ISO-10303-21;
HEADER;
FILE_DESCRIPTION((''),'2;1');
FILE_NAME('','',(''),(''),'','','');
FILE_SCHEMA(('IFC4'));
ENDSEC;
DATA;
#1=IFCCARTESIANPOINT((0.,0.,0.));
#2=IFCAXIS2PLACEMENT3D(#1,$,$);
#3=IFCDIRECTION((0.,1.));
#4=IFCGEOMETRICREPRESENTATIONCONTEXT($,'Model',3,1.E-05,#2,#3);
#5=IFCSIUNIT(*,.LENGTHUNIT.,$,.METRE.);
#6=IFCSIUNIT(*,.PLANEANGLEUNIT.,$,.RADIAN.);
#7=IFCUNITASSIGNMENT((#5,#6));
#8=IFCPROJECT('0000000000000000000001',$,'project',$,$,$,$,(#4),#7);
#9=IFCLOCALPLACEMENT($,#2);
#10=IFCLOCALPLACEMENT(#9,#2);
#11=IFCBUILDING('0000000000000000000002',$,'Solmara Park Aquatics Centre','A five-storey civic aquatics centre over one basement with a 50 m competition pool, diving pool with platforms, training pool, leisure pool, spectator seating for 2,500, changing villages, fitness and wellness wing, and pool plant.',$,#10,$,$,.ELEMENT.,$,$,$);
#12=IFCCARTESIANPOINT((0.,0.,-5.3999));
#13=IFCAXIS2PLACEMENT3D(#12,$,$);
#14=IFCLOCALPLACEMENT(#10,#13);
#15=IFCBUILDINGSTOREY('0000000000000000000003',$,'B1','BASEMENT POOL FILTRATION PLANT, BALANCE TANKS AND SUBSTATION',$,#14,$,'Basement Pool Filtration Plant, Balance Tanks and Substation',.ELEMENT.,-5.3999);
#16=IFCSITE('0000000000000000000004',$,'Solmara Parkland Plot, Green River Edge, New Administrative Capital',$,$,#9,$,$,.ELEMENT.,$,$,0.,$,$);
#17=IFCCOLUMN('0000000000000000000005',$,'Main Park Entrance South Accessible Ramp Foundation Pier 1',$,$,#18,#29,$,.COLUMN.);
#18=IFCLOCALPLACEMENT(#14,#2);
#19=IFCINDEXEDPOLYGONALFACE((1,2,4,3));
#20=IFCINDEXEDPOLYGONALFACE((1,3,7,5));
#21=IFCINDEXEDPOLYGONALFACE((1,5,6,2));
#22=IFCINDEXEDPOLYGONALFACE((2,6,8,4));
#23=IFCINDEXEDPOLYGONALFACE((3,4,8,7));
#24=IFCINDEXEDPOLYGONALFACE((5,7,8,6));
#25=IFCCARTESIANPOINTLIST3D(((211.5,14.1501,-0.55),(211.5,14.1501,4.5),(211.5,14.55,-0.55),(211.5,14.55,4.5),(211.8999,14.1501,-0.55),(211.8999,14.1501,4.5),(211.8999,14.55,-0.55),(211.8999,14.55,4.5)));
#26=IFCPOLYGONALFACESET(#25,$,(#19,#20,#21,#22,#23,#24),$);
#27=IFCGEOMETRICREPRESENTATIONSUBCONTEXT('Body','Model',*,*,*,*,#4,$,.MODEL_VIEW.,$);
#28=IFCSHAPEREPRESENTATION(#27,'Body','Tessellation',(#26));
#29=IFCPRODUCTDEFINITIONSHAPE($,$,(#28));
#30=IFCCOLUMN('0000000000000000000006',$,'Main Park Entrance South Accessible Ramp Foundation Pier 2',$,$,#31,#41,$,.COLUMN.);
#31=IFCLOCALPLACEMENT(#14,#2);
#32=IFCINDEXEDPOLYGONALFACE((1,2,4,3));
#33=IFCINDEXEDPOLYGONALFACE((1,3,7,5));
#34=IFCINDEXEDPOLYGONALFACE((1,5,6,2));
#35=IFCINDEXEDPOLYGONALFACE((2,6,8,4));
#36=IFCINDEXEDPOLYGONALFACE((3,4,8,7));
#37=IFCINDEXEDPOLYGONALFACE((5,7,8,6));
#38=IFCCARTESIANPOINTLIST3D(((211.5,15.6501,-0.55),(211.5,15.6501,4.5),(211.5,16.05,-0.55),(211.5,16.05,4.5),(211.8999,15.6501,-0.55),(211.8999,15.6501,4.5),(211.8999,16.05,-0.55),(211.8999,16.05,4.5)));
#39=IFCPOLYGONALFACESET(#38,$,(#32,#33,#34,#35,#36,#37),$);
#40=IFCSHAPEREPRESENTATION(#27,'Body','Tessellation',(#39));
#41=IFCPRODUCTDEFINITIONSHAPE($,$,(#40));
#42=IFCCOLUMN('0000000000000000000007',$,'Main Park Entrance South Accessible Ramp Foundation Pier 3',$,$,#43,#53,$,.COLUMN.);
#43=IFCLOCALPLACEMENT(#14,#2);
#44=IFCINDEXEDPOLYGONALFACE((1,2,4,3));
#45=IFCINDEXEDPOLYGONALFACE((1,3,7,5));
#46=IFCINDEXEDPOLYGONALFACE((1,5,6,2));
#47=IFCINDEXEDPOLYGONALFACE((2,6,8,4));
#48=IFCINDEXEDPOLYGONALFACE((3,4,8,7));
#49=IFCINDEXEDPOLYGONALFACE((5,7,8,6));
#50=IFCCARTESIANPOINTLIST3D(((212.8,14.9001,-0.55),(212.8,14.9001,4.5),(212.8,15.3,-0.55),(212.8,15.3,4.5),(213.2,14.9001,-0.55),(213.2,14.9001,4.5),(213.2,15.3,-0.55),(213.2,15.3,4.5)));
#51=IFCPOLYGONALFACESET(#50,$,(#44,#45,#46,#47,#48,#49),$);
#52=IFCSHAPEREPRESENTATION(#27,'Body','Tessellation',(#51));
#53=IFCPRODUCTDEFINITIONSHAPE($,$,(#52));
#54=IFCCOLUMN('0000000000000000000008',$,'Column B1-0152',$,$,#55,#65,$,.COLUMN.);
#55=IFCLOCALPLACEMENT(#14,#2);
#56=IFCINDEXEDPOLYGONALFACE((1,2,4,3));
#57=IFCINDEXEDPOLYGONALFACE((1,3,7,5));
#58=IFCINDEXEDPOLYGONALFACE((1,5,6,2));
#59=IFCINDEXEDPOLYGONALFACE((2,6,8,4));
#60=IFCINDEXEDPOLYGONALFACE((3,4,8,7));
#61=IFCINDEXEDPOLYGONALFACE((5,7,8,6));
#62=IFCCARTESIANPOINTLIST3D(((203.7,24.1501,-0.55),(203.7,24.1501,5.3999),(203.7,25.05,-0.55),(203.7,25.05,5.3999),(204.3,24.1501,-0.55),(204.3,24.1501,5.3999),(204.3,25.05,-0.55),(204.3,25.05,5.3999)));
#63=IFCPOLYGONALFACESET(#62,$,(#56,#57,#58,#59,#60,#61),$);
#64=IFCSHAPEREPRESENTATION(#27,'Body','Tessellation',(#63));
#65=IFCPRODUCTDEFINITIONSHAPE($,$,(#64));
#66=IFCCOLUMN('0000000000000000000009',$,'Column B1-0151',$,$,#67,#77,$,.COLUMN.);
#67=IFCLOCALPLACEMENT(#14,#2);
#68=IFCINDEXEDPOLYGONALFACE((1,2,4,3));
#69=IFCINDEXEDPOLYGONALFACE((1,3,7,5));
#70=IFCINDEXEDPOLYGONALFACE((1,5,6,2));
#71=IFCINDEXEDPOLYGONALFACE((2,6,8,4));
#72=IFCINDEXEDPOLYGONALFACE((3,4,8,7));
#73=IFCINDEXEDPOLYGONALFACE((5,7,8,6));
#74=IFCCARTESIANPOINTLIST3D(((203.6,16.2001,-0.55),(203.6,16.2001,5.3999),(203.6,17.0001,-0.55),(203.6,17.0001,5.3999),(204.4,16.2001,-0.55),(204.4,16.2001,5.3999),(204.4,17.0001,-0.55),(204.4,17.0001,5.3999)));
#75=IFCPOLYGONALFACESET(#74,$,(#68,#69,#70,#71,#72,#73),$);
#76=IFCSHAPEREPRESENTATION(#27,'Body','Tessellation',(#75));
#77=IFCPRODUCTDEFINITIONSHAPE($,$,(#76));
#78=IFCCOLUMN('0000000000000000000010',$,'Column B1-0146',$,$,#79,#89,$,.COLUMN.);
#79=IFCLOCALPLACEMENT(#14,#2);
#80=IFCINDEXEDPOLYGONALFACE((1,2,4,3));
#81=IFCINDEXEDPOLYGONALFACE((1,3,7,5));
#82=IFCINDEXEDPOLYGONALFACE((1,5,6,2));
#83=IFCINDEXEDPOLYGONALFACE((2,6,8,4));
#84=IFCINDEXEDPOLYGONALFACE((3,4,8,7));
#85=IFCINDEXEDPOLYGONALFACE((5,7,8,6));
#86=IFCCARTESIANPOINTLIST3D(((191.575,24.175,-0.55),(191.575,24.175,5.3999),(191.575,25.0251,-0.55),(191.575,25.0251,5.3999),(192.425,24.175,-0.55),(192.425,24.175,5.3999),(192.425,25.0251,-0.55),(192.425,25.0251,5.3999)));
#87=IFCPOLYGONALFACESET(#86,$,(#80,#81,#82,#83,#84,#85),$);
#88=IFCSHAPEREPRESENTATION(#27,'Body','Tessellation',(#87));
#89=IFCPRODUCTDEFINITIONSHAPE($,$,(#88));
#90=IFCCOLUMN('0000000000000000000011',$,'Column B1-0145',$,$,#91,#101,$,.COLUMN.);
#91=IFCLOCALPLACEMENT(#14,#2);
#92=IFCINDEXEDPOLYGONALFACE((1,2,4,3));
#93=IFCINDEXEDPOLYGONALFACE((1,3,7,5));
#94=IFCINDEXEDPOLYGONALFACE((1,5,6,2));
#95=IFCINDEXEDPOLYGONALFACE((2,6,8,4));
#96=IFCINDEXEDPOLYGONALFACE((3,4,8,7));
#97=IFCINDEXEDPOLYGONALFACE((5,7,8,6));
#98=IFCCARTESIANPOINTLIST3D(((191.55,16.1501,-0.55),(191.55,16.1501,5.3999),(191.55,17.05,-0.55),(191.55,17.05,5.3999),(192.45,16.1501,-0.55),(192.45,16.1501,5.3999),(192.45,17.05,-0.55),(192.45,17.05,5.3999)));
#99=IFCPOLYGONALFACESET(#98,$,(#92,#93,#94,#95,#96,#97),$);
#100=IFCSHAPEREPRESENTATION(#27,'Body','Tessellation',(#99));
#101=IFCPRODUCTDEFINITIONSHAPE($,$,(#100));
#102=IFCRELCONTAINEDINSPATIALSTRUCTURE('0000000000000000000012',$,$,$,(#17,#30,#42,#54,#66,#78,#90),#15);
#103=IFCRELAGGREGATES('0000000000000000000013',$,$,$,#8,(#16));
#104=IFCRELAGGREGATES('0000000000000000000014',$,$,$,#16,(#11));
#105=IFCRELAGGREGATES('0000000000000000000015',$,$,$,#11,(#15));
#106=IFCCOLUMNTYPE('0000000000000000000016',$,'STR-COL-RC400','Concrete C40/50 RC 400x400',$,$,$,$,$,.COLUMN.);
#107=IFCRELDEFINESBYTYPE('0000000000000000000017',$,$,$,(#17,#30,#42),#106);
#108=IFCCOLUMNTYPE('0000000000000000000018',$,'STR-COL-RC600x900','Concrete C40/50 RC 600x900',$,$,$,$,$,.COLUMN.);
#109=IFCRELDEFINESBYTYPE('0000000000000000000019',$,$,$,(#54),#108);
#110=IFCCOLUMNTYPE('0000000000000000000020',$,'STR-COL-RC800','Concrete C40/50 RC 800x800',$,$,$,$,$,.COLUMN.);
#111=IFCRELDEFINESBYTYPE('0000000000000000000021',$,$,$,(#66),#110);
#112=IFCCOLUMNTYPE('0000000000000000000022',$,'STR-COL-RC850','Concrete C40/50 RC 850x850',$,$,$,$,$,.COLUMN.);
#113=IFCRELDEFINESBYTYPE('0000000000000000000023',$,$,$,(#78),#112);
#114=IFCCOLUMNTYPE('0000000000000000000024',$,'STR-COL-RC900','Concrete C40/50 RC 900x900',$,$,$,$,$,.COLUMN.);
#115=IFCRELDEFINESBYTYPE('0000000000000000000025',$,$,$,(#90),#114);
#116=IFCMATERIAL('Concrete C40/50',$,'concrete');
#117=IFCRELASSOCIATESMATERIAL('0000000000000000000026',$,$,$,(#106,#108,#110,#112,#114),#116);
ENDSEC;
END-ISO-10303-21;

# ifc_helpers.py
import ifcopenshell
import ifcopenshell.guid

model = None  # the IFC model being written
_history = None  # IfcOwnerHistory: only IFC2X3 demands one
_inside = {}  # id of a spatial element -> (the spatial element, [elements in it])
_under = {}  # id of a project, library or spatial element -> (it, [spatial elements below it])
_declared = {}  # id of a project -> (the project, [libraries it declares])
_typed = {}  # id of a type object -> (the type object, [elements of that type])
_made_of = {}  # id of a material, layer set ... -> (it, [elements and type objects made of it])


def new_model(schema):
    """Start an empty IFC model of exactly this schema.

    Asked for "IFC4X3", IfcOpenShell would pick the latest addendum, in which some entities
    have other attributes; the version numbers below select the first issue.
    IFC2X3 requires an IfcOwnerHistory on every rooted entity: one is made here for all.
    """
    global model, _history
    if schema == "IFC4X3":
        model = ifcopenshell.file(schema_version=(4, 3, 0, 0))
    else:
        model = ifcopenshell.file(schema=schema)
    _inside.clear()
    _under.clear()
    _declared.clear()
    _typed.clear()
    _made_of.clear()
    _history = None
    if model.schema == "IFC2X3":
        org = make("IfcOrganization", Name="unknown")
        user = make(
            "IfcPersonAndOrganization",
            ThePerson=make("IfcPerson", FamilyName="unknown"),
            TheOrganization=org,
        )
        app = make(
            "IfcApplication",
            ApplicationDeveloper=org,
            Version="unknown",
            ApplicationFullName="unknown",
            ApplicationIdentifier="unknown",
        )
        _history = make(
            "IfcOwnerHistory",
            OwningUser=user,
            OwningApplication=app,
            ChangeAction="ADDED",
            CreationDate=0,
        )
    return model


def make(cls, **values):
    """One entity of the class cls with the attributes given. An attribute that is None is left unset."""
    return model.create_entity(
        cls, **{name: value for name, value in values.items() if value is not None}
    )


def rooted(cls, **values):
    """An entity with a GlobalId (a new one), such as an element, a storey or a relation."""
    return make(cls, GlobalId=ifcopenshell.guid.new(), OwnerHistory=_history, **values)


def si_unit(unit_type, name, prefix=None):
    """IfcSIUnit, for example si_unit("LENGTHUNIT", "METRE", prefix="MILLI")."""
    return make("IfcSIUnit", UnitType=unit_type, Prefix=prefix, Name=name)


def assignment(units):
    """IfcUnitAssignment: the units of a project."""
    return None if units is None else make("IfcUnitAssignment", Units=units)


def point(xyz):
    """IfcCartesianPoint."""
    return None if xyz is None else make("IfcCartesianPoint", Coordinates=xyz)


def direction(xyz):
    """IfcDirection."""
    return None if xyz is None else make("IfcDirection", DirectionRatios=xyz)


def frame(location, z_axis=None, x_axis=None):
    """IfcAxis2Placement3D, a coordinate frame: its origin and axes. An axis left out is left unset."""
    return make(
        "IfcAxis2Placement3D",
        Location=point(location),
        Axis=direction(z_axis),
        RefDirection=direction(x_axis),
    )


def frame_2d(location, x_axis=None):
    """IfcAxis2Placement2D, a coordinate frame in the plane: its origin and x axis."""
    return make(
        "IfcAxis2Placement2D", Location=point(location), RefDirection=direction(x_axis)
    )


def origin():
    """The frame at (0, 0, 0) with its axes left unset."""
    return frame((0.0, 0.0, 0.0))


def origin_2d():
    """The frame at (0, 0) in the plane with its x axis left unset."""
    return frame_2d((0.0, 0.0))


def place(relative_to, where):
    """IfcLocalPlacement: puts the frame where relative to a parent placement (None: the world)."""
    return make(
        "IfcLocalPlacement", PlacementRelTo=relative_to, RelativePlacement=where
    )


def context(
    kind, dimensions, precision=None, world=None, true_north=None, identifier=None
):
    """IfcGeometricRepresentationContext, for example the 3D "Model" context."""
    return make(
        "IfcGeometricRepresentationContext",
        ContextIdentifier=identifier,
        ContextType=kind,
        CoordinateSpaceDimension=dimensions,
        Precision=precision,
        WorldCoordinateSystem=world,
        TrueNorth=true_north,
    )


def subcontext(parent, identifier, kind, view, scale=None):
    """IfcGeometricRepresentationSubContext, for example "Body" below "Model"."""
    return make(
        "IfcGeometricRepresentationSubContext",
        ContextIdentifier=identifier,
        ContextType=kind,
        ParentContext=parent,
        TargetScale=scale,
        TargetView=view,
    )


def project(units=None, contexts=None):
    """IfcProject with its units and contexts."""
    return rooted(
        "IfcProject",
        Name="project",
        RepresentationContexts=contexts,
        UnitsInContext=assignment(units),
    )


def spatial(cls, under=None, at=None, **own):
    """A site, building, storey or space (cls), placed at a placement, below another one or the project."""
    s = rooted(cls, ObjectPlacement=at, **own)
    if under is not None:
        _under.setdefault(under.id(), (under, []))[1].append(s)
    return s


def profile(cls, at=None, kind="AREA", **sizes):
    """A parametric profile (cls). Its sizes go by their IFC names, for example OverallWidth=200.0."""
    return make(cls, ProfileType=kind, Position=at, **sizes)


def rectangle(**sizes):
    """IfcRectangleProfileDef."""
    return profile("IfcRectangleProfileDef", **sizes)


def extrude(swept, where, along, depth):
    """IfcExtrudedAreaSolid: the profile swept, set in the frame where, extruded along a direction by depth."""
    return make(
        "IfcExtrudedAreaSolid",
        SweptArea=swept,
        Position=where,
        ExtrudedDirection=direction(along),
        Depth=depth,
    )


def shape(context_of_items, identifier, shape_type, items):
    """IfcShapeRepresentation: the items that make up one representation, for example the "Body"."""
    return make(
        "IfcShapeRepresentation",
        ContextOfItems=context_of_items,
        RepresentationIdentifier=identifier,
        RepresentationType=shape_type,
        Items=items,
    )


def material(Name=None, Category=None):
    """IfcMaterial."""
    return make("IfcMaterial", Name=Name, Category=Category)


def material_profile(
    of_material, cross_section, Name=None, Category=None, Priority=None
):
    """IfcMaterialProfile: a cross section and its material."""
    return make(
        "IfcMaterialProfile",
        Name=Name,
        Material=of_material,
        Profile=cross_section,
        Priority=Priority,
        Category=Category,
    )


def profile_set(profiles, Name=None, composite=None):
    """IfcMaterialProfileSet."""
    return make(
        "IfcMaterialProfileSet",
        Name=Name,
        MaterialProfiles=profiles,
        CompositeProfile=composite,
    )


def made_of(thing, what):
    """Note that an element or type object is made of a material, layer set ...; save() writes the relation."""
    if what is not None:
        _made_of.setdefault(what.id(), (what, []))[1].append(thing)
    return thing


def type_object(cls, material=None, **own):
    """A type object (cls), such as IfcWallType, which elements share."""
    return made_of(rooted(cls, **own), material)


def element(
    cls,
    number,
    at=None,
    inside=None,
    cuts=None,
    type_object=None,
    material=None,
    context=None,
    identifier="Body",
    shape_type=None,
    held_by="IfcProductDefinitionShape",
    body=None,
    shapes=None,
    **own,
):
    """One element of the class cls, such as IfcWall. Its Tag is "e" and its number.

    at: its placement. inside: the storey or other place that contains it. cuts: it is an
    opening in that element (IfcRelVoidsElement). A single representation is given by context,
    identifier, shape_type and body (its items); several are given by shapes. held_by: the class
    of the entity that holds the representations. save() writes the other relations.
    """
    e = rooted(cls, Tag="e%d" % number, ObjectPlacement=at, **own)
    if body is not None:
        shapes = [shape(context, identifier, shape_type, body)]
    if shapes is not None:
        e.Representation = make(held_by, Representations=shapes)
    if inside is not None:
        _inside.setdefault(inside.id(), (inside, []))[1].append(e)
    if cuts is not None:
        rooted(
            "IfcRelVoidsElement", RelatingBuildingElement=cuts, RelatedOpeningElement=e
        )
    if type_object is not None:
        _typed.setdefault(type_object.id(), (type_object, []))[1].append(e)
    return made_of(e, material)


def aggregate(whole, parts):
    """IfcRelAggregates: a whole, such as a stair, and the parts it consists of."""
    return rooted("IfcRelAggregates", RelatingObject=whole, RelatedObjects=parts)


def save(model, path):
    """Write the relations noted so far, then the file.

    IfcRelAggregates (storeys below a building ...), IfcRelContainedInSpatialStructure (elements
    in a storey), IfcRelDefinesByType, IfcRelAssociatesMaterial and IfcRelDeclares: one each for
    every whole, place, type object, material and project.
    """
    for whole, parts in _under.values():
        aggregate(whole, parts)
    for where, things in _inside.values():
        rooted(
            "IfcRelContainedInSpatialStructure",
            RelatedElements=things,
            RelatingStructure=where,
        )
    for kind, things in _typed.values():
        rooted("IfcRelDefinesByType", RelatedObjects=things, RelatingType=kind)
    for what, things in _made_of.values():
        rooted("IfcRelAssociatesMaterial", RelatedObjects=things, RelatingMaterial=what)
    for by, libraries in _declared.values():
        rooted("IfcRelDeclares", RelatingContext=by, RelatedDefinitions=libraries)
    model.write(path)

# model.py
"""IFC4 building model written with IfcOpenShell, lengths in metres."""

from ifc_helpers import new_model, si_unit, direction, frame, origin, origin_2d, place, context, subcontext, project, spatial, rectangle, extrude, material, material_profile, profile_set, type_object, element, save


model = new_model("IFC4")

# Units and contexts
model_context = context("Model", 3, precision=1e-05, world=origin(), true_north=direction((0.0, 1.0)))
body_context = subcontext(model_context, "Body", "Model", "MODEL_VIEW")
ifc_project = project(units=[si_unit("LENGTHUNIT", "METRE"), si_unit("PLANEANGLEUNIT", "RADIAN")], contexts=[model_context])

# Site, building, storey
site_placement = place(None, origin())
site = spatial("IfcSite", under=ifc_project, at=site_placement, Name="Solmara Parkland Plot, Green River Edge, New Administrative Capital", CompositionType="ELEMENT", RefElevation=0.0)
building_placement = place(site_placement, origin())
building = spatial("IfcBuilding", under=site, at=building_placement, Name="Solmara Park Aquatics Centre", Description="A five-storey civic aquatics centre over one basement with a 50 m competition pool, diving pool with platforms, training pool, leisure pool, spectator seating for 2,500, changing villages, fitness and wellness wing, and pool plant.", CompositionType="ELEMENT")
storey_placement = place(building_placement, frame((0.0, 0.0, -5.3999)))
storey = spatial("IfcBuildingStorey", under=building, at=storey_placement, Name="B1", Description="BASEMENT POOL FILTRATION PLANT, BALANCE TANKS AND SUBSTATION", LongName="Basement Pool Filtration Plant, Balance Tanks and Substation", CompositionType="ELEMENT", Elevation=-5.3999)

# Columns
ifc_material_1 = material(Name="Concrete C40/50", Category="concrete")
ifc_material_profile_1 = material_profile(ifc_material_1, rectangle(XDim=0.3999, YDim=0.3999, at=origin_2d()), Name="RC 400x400")
ifc_profile_set_1 = profile_set([ifc_material_profile_1], Name="Concrete C40/50")
column_type_1 = type_object("IfcColumnType", Name="STR-COL-RC400", Description="Concrete C40/50 RC 400x400", PredefinedType="COLUMN", material=ifc_profile_set_1)
for number, where, z_axis, x_axis, name in (
    (1, (211.7, 14.3501, -0.55), (0.0, 0.0, 1.0), (1.0, 0.0, 0.0), "Main Park Entrance South Accessible Ramp Foundation Pier 1"),
    (2, (211.7, 15.8501, -0.55), (0.0, 0.0, 1.0), (1.0, 0.0, 0.0), "Main Park Entrance South Accessible Ramp Foundation Pier 2"),
    (3, (213.0, 15.1001, -0.55), (0.0, 0.0, 1.0), (1.0, 0.0, 0.0), "Main Park Entrance South Accessible Ramp Foundation Pier 3"),
):
    element("IfcColumn", number, at=place(storey_placement, frame(where, z_axis=z_axis, x_axis=x_axis)), inside=storey, type_object=column_type_1, Name=name, PredefinedType="COLUMN", context=body_context, shape_type="SweptSolid", body=[
        extrude(rectangle(XDim=0.3999, YDim=0.3999, at=origin_2d()), origin(), (0.0, 0.0, 1.0), 5.05),
    ])
ifc_material_profile_2 = material_profile(ifc_material_1, rectangle(XDim=0.6001, YDim=0.8999, at=origin_2d()), Name="RC 600x900")
ifc_profile_set_2 = profile_set([ifc_material_profile_2], Name="Concrete C40/50")
column_type_2 = type_object("IfcColumnType", Name="STR-COL-RC600x900", Description="Concrete C40/50 RC 600x900", PredefinedType="COLUMN", material=ifc_profile_set_2)
column_1_placement = place(storey_placement, frame((204.0, 24.6001, -0.55), z_axis=(0.0, 0.0, 1.0), x_axis=(1.0, 0.0, 0.0)))
element("IfcColumn", 4, at=column_1_placement, inside=storey, type_object=column_type_2, Name="Column B1-0152", PredefinedType="COLUMN", context=body_context, shape_type="SweptSolid", body=[
    extrude(rectangle(XDim=0.6001, YDim=0.8999, at=origin_2d()), origin(), (0.0, 0.0, 1.0), 5.95),
])
ifc_material_profile_3 = material_profile(ifc_material_1, rectangle(XDim=0.8, YDim=0.8, at=origin_2d()), Name="RC 800x800")
ifc_profile_set_3 = profile_set([ifc_material_profile_3], Name="Concrete C40/50")
column_type_3 = type_object("IfcColumnType", Name="STR-COL-RC800", Description="Concrete C40/50 RC 800x800", PredefinedType="COLUMN", material=ifc_profile_set_3)
column_2_placement = place(storey_placement, frame((204.0, 16.6001, -0.55), z_axis=(0.0, 0.0, 1.0), x_axis=(1.0, 0.0, 0.0)))
element("IfcColumn", 5, at=column_2_placement, inside=storey, type_object=column_type_3, Name="Column B1-0151", PredefinedType="COLUMN", context=body_context, shape_type="SweptSolid", body=[
    extrude(rectangle(XDim=0.8, YDim=0.8, at=origin_2d()), origin(), (0.0, 0.0, 1.0), 5.95),
])
ifc_material_profile_4 = material_profile(ifc_material_1, rectangle(XDim=0.8501, YDim=0.8501, at=origin_2d()), Name="RC 850x850")
ifc_profile_set_4 = profile_set([ifc_material_profile_4], Name="Concrete C40/50")
column_type_4 = type_object("IfcColumnType", Name="STR-COL-RC850", Description="Concrete C40/50 RC 850x850", PredefinedType="COLUMN", material=ifc_profile_set_4)
column_3_placement = place(storey_placement, frame((192.0, 24.6001, -0.55), z_axis=(0.0, 0.0, 1.0), x_axis=(1.0, 0.0, 0.0)))
element("IfcColumn", 6, at=column_3_placement, inside=storey, type_object=column_type_4, Name="Column B1-0146", PredefinedType="COLUMN", context=body_context, shape_type="SweptSolid", body=[
    extrude(rectangle(XDim=0.8501, YDim=0.8501, at=origin_2d()), origin(), (0.0, 0.0, 1.0), 5.95),
])
ifc_material_profile_5 = material_profile(ifc_material_1, rectangle(XDim=0.8999, YDim=0.8999, at=origin_2d()), Name="RC 900x900")
ifc_profile_set_5 = profile_set([ifc_material_profile_5], Name="Concrete C40/50")
column_type_5 = type_object("IfcColumnType", Name="STR-COL-RC900", Description="Concrete C40/50 RC 900x900", PredefinedType="COLUMN", material=ifc_profile_set_5)
column_4_placement = place(storey_placement, frame((192.0, 16.6001, -0.55), z_axis=(0.0, 0.0, 1.0), x_axis=(1.0, 0.0, 0.0)))
element("IfcColumn", 7, at=column_4_placement, inside=storey, type_object=column_type_5, Name="Column B1-0145", PredefinedType="COLUMN", context=body_context, shape_type="SweptSolid", body=[
    extrude(rectangle(XDim=0.8999, YDim=0.8999, at=origin_2d()), origin(), (0.0, 0.0, 1.0), 5.95),
])

save(model, "model.ifc")
